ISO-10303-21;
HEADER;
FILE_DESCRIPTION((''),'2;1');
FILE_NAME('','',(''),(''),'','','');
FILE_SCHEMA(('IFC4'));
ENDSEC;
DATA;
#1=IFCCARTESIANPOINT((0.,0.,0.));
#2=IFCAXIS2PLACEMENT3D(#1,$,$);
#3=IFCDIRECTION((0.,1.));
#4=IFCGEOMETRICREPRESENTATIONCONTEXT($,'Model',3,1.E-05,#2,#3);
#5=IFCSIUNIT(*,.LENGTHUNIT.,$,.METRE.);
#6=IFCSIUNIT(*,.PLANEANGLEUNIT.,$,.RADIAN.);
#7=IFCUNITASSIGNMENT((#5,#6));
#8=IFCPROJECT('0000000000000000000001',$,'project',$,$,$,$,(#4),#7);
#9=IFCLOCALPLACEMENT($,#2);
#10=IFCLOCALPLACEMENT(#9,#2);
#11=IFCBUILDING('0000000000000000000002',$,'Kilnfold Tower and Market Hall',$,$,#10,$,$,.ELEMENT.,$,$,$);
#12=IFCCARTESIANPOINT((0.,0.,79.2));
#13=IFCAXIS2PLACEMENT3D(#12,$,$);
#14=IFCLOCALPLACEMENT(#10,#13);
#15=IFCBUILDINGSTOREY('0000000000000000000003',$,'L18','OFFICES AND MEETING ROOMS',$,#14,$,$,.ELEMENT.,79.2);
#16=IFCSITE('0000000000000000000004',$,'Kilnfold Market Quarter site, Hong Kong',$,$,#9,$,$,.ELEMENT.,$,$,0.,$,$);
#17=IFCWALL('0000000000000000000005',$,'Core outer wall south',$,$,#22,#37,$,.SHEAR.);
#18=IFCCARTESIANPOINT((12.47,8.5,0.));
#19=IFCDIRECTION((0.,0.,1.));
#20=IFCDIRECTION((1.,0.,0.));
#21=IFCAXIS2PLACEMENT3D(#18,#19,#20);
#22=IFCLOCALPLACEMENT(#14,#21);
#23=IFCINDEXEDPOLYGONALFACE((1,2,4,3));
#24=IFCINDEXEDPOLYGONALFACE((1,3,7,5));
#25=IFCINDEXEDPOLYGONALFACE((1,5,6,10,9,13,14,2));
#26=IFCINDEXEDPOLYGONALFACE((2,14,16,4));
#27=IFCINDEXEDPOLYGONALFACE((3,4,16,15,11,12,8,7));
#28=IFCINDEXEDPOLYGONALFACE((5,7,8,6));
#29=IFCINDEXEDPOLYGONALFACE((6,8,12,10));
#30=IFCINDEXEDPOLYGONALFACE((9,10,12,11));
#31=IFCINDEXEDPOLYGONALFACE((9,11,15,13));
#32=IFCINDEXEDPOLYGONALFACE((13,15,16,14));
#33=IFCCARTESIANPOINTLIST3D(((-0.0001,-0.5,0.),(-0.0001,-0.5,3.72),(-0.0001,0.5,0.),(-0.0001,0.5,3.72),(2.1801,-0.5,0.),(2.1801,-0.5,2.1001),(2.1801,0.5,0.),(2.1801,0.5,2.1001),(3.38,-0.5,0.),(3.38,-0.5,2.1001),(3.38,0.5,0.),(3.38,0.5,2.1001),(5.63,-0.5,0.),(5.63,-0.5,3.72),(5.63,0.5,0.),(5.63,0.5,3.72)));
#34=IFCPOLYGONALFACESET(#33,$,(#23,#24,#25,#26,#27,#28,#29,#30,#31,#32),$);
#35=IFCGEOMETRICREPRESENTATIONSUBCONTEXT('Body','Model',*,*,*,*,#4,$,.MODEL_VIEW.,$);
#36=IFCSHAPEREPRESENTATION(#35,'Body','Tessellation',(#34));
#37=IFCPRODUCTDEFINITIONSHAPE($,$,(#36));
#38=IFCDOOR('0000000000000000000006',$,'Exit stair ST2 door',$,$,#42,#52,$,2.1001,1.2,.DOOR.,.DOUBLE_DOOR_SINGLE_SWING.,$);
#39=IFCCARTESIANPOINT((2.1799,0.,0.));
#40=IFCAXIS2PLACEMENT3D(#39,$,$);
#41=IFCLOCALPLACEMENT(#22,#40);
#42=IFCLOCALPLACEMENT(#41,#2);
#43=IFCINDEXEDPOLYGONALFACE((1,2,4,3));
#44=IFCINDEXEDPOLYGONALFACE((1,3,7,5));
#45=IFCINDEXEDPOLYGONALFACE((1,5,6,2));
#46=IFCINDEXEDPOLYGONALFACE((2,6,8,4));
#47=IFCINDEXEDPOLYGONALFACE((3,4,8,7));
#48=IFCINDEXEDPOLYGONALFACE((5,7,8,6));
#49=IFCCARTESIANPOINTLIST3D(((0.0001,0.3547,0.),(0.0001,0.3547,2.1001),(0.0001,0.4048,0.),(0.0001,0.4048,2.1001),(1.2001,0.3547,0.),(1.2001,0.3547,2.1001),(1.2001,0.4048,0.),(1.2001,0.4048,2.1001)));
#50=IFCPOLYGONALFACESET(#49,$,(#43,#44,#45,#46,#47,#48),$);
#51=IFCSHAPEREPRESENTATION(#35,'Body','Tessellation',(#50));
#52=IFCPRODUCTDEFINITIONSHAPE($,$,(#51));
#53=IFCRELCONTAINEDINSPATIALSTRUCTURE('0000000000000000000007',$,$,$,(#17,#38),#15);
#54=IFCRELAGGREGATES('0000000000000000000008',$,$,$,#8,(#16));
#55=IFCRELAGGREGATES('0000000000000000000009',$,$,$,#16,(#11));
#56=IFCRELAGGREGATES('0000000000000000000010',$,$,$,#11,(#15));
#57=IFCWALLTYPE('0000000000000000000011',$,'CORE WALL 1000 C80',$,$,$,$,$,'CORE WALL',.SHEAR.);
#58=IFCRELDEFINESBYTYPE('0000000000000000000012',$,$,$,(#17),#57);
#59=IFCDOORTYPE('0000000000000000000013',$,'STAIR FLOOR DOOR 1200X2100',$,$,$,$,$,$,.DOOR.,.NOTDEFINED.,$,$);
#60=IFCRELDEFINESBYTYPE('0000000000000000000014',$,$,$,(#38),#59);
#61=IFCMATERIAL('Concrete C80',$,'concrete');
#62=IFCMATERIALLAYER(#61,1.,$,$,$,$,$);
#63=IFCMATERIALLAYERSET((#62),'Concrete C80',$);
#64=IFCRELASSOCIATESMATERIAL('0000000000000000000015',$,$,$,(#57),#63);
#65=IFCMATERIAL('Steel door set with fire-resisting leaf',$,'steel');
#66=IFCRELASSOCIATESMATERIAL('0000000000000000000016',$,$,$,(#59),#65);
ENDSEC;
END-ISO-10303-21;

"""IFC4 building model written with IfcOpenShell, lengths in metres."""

from ifc_helpers import new_model, si_unit, direction, frame, frame_2d, origin, place, context, subcontext, project, spatial, rectangle, extrude, source, transform, mapped, material, layer, layer_set, type_object, element, fill, save


model = new_model("IFC4")

# Units and contexts
model_context = context("Model", 3, precision=1e-05, world=origin(), true_north=direction((0.0, 1.0)))
body_context = subcontext(model_context, "Body", "Model", "MODEL_VIEW")
ifc_project = project(units=[si_unit("LENGTHUNIT", "METRE"), si_unit("PLANEANGLEUNIT", "RADIAN")], contexts=[model_context])

# Site, building, storey
site_placement = place(None, origin())
site = spatial("IfcSite", under=ifc_project, at=site_placement, Name="Kilnfold Market Quarter site, Hong Kong", CompositionType="ELEMENT", RefElevation=0.0)
building_placement = place(site_placement, origin())
building = spatial("IfcBuilding", under=site, at=building_placement, Name="Kilnfold Tower and Market Hall", CompositionType="ELEMENT")
storey_placement = place(building_placement, frame((0.0, 0.0, 79.2)))
storey = spatial("IfcBuildingStorey", under=building, at=storey_placement, Name="L18", Description="OFFICES AND MEETING ROOMS", CompositionType="ELEMENT", Elevation=79.2)

# Shared definitions
ifc_material_1 = material(Name="Concrete C80", Category="concrete")
ifc_layer_1 = layer(ifc_material_1, 1.0)
ifc_layer_set_1 = layer_set([ifc_layer_1], Name="Concrete C80")
wall_type_1 = type_object("IfcWallType", Name="CORE WALL 1000 C80", ElementType="CORE WALL", PredefinedType="SHEAR", material=ifc_layer_set_1)

# Wall, opening, door
shared_shape_1 = source(origin(), body_context, "Body", "SweptSolid", [
    extrude(rectangle(XDim=5.6301, YDim=1.0, at=frame_2d((2.8149, 0.0))), origin(), (0.0, 0.0, 1.0), 3.72),
])
wall_1_placement = place(storey_placement, frame((12.47, 8.5, 0.0), z_axis=(0.0, 0.0, 1.0), x_axis=(1.0, 0.0, 0.0)))
wall_1 = element("IfcWall", 1, at=wall_1_placement, inside=storey, type_object=wall_type_1, Name="Core outer wall south", PredefinedType="SHEAR", context=body_context, shape_type="MappedRepresentation", body=[
    mapped(shared_shape_1, transform((0.0, 0.0, 0.0))),
])
opening_1_placement = place(wall_1_placement, frame((2.1799, 0.0, 0.0)))
opening_1 = element("IfcOpeningElement", 2, at=opening_1_placement, cuts=wall_1, PredefinedType="OPENING", context=body_context, shape_type="SweptSolid", body=[
    extrude(rectangle(XDim=1.2, YDim=2.1001, at=frame_2d((0.6001, 1.05))), frame((0.0, 0.51, 0.0), z_axis=(0.0, -1.0, 0.0), x_axis=(1.0, 0.0, 0.0)), (0.0, 0.0, 1.0), 1.02),
])
ifc_material_2 = material(Name="Steel door set with fire-resisting leaf", Category="steel")
door_type_1 = type_object("IfcDoorType", Name="STAIR FLOOR DOOR 1200X2100", OperationType="NOTDEFINED", PredefinedType="DOOR", material=ifc_material_2)
door_1_placement = place(opening_1_placement, origin())
door_1 = element("IfcDoor", 3, at=door_1_placement, inside=storey, type_object=door_type_1, Name="Exit stair ST2 door", OperationType="DOUBLE_DOOR_SINGLE_SWING", OverallHeight=2.1001, OverallWidth=1.2, PredefinedType="DOOR", context=body_context, shape_type="SweptSolid", body=[
    extrude(rectangle(XDim=1.2, YDim=2.1001, at=frame_2d((0.6001, 1.05))), frame((0.0, 0.4048, 0.0), z_axis=(0.0, -1.0, 0.0), x_axis=(1.0, 0.0, 0.0)), (0.0, 0.0, 1.0), 0.05),
])
fill(opening_1, door_1)

save(model, "model.ifc")
